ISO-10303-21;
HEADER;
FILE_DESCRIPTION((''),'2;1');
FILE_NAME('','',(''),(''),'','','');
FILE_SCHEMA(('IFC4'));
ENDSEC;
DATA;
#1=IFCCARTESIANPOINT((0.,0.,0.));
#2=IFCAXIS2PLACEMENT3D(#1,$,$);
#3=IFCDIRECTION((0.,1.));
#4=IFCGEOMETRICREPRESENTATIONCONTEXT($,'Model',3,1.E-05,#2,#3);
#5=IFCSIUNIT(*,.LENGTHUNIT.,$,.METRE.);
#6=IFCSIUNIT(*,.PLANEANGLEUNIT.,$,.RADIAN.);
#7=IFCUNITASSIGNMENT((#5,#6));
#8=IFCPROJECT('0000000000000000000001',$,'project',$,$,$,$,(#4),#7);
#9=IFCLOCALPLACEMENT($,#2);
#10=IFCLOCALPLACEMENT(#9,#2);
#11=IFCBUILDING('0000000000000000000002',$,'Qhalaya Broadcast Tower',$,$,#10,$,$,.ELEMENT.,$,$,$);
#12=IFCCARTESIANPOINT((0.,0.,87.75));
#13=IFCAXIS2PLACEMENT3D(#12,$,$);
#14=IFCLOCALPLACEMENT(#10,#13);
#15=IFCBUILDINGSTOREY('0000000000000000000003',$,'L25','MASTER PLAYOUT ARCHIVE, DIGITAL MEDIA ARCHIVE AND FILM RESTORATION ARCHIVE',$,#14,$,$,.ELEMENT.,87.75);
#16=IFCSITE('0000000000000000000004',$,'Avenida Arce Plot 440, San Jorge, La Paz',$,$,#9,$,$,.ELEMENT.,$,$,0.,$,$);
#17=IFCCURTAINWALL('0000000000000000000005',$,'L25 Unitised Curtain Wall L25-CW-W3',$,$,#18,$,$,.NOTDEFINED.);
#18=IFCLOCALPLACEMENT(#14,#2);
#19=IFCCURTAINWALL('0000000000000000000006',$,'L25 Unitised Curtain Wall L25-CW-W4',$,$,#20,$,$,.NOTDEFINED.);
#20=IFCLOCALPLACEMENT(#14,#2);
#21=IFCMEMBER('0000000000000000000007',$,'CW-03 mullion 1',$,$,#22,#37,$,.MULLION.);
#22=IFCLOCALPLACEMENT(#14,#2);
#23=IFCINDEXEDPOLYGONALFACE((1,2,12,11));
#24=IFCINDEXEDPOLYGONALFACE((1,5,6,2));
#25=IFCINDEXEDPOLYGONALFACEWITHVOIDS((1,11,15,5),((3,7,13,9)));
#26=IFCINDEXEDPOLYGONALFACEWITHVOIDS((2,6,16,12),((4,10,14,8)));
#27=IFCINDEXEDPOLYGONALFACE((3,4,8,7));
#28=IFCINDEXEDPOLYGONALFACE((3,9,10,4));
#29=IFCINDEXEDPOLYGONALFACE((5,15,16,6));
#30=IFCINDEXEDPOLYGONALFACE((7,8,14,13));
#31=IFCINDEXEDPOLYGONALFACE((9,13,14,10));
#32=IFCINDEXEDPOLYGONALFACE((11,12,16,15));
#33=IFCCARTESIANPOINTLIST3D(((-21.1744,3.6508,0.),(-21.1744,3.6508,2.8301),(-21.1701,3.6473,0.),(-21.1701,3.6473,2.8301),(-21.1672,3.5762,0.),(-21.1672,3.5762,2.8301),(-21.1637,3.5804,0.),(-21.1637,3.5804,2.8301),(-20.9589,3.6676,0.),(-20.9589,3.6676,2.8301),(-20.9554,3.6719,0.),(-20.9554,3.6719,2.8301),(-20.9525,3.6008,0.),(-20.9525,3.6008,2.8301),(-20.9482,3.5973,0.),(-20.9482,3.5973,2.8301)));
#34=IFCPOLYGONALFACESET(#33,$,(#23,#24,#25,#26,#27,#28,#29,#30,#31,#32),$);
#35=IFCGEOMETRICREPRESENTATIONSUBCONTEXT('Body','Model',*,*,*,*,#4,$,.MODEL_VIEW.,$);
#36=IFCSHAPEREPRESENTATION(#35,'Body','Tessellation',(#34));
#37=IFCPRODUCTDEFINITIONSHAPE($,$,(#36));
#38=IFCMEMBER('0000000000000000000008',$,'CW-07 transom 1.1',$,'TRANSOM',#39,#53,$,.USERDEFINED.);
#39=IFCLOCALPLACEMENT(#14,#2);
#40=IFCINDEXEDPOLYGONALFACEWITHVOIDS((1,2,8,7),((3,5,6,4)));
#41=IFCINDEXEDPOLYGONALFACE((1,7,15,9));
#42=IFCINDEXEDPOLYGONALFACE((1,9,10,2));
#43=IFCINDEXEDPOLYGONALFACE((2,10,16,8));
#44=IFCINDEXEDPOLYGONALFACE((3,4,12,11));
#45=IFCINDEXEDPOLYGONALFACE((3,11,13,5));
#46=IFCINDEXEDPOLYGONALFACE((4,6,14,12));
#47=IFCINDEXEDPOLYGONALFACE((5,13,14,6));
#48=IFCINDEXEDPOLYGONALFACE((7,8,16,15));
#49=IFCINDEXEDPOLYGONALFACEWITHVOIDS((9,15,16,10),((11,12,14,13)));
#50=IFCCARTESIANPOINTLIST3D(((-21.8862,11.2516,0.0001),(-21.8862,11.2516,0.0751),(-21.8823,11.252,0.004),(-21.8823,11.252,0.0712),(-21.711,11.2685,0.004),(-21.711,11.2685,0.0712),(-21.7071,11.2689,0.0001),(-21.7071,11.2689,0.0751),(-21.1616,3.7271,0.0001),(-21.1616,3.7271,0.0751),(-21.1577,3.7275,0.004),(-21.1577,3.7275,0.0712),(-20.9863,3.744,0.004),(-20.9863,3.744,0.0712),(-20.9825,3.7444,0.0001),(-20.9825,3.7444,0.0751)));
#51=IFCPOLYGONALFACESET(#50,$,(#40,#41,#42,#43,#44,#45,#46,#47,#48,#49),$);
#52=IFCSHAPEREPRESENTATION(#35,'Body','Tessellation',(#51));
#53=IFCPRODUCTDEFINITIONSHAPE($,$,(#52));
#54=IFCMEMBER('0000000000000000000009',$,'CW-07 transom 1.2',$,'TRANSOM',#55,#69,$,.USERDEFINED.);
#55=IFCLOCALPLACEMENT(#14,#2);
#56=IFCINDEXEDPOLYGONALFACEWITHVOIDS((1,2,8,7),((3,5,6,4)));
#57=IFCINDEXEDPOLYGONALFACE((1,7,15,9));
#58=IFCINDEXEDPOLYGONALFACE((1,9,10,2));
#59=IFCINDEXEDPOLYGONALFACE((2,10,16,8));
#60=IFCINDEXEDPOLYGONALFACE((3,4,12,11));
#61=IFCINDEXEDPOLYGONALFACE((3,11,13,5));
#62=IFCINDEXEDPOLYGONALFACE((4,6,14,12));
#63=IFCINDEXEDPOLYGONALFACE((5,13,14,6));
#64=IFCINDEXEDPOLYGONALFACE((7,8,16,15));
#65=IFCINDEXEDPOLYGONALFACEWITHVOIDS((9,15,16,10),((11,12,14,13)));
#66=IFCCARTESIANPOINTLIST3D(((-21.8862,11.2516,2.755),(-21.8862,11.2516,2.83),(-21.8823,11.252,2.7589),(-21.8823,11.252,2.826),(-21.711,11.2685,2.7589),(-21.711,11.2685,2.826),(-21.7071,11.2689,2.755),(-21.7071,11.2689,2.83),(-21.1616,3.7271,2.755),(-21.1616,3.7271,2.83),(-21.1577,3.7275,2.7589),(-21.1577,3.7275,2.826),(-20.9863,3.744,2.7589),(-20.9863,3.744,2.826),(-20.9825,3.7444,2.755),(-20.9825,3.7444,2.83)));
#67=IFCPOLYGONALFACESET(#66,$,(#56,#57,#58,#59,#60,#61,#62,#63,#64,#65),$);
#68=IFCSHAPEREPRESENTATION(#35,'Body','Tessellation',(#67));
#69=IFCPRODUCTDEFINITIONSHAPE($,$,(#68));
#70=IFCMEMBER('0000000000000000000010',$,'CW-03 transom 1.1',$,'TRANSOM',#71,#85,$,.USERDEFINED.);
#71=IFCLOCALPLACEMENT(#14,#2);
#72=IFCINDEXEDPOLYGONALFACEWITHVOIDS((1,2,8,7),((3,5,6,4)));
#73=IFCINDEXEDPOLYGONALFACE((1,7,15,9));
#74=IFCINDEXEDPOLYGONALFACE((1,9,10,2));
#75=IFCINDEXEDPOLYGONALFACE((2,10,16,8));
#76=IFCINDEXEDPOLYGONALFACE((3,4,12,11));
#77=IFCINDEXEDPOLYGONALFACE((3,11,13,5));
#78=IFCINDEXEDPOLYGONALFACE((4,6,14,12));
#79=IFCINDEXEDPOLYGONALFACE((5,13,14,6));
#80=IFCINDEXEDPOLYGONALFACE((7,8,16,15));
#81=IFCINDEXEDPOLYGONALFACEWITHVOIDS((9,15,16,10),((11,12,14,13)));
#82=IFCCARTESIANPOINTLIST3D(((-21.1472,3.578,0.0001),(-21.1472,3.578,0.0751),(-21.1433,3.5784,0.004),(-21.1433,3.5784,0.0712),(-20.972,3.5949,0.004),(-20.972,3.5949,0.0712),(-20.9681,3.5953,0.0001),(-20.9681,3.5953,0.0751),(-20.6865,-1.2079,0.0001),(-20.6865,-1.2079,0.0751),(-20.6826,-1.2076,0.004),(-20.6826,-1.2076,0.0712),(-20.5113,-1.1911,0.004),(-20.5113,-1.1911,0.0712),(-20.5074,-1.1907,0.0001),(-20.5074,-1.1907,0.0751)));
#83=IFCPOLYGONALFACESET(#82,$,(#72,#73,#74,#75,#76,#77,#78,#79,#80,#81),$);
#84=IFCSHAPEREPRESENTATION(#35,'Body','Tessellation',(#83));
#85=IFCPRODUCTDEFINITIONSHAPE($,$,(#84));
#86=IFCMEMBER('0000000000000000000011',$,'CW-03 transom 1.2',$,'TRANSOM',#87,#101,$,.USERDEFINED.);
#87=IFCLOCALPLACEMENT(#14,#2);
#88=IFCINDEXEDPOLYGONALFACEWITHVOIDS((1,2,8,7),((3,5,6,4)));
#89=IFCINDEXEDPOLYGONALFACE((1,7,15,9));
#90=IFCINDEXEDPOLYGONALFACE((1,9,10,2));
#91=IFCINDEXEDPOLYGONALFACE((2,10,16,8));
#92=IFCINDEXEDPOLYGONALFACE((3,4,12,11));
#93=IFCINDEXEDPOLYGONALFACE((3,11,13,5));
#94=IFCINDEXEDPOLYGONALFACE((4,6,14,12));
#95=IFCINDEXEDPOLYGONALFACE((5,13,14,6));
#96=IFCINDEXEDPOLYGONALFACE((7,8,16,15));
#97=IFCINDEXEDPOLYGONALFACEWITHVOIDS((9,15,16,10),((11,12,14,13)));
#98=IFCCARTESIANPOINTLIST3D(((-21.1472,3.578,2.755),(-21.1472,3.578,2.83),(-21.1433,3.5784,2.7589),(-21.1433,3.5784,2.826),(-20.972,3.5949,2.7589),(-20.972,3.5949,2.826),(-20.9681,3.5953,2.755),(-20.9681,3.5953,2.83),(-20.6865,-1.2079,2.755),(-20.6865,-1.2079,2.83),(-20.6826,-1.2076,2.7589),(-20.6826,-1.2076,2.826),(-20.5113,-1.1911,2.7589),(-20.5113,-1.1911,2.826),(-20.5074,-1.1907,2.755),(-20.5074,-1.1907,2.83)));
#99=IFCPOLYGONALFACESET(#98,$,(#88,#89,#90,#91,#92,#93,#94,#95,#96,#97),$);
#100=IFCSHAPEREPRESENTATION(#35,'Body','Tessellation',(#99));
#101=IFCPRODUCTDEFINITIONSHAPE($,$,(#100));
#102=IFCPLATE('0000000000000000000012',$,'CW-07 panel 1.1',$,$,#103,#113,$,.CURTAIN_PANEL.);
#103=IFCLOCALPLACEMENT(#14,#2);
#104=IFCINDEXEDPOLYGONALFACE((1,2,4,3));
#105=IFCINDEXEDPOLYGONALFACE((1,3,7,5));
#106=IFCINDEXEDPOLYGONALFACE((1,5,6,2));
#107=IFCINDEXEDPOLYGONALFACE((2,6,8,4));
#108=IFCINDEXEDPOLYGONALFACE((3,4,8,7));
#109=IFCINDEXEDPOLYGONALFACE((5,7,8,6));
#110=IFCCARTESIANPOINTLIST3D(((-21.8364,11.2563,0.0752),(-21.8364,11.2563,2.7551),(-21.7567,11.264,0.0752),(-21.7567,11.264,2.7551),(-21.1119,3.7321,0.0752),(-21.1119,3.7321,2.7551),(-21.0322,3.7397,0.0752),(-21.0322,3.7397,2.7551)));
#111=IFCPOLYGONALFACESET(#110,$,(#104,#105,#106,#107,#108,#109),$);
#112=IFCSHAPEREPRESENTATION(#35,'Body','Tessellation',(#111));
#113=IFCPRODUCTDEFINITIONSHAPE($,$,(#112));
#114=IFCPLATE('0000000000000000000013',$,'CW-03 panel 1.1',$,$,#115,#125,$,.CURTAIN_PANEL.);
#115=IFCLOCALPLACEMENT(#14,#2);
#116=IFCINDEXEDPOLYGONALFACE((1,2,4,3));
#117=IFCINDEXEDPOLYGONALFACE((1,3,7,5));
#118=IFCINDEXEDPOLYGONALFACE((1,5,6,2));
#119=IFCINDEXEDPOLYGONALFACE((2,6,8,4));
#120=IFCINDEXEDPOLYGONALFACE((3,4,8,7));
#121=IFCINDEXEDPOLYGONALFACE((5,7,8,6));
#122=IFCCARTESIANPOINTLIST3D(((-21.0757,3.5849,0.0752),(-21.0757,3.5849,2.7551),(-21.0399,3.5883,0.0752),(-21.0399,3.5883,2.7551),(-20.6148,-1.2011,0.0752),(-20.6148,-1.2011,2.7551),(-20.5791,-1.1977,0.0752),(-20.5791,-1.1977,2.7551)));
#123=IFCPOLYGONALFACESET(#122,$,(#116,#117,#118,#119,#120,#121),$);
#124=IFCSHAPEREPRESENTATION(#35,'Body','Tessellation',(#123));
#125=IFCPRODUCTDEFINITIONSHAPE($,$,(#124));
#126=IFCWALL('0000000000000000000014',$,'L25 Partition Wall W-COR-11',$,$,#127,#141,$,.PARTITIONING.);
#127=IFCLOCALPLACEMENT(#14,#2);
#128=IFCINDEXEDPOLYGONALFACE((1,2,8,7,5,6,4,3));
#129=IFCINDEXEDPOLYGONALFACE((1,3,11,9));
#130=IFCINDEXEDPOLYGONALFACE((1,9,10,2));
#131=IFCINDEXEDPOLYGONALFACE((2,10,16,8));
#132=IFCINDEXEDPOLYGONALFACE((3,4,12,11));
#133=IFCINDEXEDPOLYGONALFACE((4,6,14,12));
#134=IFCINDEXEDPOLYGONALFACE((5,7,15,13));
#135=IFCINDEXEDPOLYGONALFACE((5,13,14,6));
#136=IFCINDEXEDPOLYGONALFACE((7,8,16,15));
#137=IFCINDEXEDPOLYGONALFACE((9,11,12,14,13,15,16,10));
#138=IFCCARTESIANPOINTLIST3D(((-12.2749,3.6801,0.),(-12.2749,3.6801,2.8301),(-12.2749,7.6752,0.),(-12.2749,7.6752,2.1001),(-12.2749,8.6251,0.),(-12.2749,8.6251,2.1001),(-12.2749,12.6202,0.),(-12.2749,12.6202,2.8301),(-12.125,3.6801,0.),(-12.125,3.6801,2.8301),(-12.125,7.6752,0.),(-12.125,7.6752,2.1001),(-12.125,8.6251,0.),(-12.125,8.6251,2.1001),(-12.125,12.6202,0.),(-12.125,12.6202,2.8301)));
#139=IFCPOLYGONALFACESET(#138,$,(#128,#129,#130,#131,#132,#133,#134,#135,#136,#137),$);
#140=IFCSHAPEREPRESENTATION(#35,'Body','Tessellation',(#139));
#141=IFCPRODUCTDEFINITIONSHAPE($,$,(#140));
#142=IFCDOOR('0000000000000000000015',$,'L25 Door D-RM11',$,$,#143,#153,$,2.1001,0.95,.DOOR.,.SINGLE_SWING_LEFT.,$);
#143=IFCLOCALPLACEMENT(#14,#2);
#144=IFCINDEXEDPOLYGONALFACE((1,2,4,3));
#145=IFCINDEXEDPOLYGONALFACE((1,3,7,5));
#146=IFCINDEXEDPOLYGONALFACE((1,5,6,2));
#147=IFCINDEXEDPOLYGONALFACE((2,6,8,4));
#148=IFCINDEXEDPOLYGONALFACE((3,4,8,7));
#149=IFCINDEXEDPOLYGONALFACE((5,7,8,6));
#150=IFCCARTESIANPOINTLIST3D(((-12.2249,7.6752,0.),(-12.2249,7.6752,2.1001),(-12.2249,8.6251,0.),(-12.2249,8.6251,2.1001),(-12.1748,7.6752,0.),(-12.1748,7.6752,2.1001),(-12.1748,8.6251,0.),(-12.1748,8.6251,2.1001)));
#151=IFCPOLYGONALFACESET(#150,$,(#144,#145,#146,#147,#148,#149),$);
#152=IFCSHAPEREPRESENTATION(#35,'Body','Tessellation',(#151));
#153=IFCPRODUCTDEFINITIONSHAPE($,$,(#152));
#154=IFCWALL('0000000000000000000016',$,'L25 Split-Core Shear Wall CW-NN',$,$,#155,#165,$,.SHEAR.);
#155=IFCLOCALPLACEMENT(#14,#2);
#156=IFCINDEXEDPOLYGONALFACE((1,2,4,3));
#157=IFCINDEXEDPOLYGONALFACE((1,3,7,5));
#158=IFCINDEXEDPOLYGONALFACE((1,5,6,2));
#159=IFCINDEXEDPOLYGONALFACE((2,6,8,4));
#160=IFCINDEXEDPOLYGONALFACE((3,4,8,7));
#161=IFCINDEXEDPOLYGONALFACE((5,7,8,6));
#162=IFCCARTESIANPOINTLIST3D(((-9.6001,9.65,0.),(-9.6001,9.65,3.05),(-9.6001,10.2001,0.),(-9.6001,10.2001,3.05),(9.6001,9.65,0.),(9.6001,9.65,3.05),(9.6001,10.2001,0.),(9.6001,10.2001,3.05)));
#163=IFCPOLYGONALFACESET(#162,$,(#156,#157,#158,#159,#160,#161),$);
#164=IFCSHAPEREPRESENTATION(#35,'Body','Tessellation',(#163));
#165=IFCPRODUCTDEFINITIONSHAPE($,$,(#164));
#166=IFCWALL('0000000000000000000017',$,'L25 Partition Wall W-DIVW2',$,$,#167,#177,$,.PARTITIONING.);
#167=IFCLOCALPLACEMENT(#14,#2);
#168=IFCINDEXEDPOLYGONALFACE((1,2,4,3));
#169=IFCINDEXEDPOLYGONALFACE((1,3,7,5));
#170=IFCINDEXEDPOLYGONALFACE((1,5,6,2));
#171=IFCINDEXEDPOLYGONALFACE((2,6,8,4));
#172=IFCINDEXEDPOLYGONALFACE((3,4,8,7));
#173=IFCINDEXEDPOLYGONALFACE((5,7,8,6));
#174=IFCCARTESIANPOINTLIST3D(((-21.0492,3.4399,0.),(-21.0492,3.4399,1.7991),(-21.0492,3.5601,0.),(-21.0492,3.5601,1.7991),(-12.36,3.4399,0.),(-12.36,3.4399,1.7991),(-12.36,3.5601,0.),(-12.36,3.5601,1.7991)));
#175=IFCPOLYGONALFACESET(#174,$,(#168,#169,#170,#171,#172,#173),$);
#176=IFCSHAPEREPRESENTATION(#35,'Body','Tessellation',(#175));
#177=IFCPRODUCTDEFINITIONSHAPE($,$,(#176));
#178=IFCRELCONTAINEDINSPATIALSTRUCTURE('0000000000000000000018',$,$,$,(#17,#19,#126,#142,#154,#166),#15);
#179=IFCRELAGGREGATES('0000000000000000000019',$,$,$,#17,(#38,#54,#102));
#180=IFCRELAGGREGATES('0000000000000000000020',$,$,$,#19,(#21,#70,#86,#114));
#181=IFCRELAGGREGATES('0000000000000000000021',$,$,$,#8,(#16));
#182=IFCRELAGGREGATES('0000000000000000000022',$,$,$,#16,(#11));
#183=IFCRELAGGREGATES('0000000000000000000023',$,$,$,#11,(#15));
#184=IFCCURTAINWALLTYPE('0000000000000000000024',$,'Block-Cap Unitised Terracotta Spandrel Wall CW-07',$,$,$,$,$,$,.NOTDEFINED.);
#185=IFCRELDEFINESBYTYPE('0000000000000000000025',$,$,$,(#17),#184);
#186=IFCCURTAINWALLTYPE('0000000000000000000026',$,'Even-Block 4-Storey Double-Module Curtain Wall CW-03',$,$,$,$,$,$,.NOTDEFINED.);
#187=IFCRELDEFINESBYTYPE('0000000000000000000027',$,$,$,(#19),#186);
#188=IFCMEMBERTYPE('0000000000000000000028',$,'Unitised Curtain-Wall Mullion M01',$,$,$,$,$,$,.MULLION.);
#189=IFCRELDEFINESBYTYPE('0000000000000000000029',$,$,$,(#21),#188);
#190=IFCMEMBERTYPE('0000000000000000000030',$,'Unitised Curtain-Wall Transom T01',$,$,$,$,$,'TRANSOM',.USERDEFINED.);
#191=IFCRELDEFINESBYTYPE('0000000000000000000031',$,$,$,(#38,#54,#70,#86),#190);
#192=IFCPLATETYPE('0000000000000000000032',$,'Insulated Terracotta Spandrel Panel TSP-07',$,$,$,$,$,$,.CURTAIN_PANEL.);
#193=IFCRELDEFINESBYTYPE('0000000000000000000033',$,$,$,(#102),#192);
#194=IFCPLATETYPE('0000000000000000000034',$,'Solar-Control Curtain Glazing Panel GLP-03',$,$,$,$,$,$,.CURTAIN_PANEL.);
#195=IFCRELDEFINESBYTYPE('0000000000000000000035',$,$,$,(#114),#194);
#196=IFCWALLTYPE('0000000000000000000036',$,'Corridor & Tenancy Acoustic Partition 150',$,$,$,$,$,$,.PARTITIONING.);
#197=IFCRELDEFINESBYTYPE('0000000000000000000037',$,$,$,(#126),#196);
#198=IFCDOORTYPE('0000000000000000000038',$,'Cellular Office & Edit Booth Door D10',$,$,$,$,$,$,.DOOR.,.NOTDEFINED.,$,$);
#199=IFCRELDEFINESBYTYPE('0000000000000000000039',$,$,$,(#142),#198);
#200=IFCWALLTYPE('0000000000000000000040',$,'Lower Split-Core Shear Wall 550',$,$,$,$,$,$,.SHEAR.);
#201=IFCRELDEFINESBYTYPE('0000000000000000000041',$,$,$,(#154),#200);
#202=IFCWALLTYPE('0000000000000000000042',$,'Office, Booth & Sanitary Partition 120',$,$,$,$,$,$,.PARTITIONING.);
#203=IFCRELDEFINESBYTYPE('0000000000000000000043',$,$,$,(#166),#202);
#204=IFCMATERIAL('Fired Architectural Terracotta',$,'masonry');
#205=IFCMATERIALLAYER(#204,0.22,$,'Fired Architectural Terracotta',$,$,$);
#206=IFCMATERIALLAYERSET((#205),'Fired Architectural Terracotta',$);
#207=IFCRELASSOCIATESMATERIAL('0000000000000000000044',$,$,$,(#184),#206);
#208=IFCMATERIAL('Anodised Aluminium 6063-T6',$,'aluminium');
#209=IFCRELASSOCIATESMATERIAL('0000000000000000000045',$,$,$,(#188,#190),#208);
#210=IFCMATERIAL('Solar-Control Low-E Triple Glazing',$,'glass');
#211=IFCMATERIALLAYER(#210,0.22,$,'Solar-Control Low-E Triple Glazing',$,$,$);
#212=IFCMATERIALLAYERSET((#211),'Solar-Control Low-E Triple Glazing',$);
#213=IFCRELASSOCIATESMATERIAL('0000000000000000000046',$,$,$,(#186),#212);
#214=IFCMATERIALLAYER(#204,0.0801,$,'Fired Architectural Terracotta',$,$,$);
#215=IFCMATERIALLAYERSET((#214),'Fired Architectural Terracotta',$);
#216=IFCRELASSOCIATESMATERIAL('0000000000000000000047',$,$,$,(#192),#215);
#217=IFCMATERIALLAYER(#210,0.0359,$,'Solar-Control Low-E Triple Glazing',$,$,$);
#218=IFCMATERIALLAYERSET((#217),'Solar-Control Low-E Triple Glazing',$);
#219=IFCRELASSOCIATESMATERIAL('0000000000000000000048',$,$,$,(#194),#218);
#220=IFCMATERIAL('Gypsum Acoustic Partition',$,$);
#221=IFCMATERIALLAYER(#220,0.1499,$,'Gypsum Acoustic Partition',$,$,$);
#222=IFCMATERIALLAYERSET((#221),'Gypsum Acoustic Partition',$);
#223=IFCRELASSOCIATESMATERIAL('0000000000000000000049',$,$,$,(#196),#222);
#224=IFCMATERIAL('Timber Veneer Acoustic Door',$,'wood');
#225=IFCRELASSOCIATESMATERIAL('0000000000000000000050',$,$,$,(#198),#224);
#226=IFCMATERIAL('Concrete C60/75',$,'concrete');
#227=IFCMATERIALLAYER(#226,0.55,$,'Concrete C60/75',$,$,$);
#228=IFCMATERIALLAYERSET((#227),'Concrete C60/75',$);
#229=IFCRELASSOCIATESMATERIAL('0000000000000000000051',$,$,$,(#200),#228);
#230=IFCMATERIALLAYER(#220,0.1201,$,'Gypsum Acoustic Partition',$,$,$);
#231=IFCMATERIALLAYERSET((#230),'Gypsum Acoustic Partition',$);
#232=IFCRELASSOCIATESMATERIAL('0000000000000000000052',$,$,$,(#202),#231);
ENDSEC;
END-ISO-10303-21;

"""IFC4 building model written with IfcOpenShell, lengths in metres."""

from ifc_helpers import new_model, si_unit, direction, frame, frame_2d, origin, origin_2d, place, context, subcontext, project, spatial, rectangle, hollow_rectangle, extrude, material, layer, layer_set, material_profile, profile_set, type_object, element, fill, aggregate, save


model = new_model("IFC4")

# Units and contexts
model_context = context("Model", 3, precision=1e-05, world=origin(), true_north=direction((0.0, 1.0)))
body_context = subcontext(model_context, "Body", "Model", "MODEL_VIEW")
ifc_project = project(units=[si_unit("LENGTHUNIT", "METRE"), si_unit("PLANEANGLEUNIT", "RADIAN")], contexts=[model_context])

# Site, building, storey
site_placement = place(None, origin())
site = spatial("IfcSite", under=ifc_project, at=site_placement, Name="Avenida Arce Plot 440, San Jorge, La Paz", CompositionType="ELEMENT", RefElevation=0.0)
building_placement = place(site_placement, origin())
building = spatial("IfcBuilding", under=site, at=building_placement, Name="Qhalaya Broadcast Tower", CompositionType="ELEMENT")
storey_placement = place(building_placement, frame((0.0, 0.0, 87.75)))
storey = spatial("IfcBuildingStorey", under=building, at=storey_placement, Name="L25", Description="MASTER PLAYOUT ARCHIVE, DIGITAL MEDIA ARCHIVE AND FILM RESTORATION ARCHIVE", CompositionType="ELEMENT", Elevation=87.75)

# Curtain walls, member
ifc_material_1 = material(Name="Fired Architectural Terracotta", Category="masonry")
ifc_layer_1 = layer(ifc_material_1, 0.22, Name="Fired Architectural Terracotta")
ifc_layer_set_1 = layer_set([ifc_layer_1], Name="Fired Architectural Terracotta")
curtain_wall_type_1 = type_object("IfcCurtainWallType", Name="Block-Cap Unitised Terracotta Spandrel Wall CW-07", PredefinedType="NOTDEFINED", material=ifc_layer_set_1)
curtain_wall_1_placement = place(storey_placement, origin())
curtain_wall_1 = element("IfcCurtainWall", 1, at=curtain_wall_1_placement, inside=storey, type_object=curtain_wall_type_1, Name="L25 Unitised Curtain Wall L25-CW-W3", PredefinedType="NOTDEFINED")
ifc_material_2 = material(Name="Anodised Aluminium 6063-T6", Category="aluminium")
ifc_material_profile_1 = material_profile(ifc_material_2, hollow_rectangle(XDim=0.075, YDim=0.22, WallThickness=0.0039, at=origin_2d()), Name="ALU-MUL 75x220x4")
ifc_profile_set_1 = profile_set([ifc_material_profile_1], Name="Anodised Aluminium 6063-T6")
member_type_1 = type_object("IfcMemberType", Name="Unitised Curtain-Wall Mullion M01", PredefinedType="MULLION", material=ifc_profile_set_1)
ifc_material_3 = material(Name="Solar-Control Low-E Triple Glazing", Category="glass")
ifc_layer_2 = layer(ifc_material_3, 0.22, Name="Solar-Control Low-E Triple Glazing")
ifc_layer_set_2 = layer_set([ifc_layer_2], Name="Solar-Control Low-E Triple Glazing")
curtain_wall_type_2 = type_object("IfcCurtainWallType", Name="Even-Block 4-Storey Double-Module Curtain Wall CW-03", PredefinedType="NOTDEFINED", material=ifc_layer_set_2)
curtain_wall_2_placement = place(storey_placement, origin())
curtain_wall_2 = element("IfcCurtainWall", 2, at=curtain_wall_2_placement, inside=storey, type_object=curtain_wall_type_2, Name="L25 Unitised Curtain Wall L25-CW-W4", PredefinedType="NOTDEFINED")
member_1_placement = place(storey_placement, frame((-21.0613, 3.624, 0.0), z_axis=(0.0, 0.0, 1.0), x_axis=(0.095845, -0.995396, 0.0)))
member_1 = element("IfcMember", 3, at=member_1_placement, type_object=member_type_1, Name="CW-03 mullion 1", PredefinedType="MULLION", context=body_context, shape_type="SweptSolid", body=[
    extrude(hollow_rectangle(XDim=0.075, YDim=0.22, WallThickness=0.0039, at=origin_2d()), origin(), (0.0, 0.0, 1.0), 2.8301),
])

# Members
ifc_material_profile_2 = material_profile(ifc_material_2, hollow_rectangle(XDim=0.075, YDim=0.1799, WallThickness=0.0039, at=origin_2d()), Name="ALU-TRN 75x180x4")
ifc_profile_set_2 = profile_set([ifc_material_profile_2], Name="Anodised Aluminium 6063-T6")
member_type_2 = type_object("IfcMemberType", Name="Unitised Curtain-Wall Transom T01", ElementType="TRANSOM", PredefinedType="USERDEFINED", material=ifc_profile_set_2)
member_2_placement = place(storey_placement, frame((-21.7966, 11.2603, 0.0376), z_axis=(0.095858, -0.995395, 0.0), x_axis=(0.0, 0.0, 1.0)))
member_2 = element("IfcMember", 4, at=member_2_placement, type_object=member_type_2, Name="CW-07 transom 1.1", ObjectType="TRANSOM", PredefinedType="USERDEFINED", context=body_context, shape_type="SweptSolid", body=[
    extrude(hollow_rectangle(XDim=0.075, YDim=0.1799, WallThickness=0.0039, at=origin_2d()), origin(), (0.0, 0.0, 1.0), 7.5593),
])
member_3_placement = place(storey_placement, frame((-21.7966, 11.2603, 2.7925), z_axis=(0.095858, -0.995395, 0.0), x_axis=(0.0, 0.0, 1.0)))
member_3 = element("IfcMember", 5, at=member_3_placement, type_object=member_type_2, Name="CW-07 transom 1.2", ObjectType="TRANSOM", PredefinedType="USERDEFINED", context=body_context, shape_type="SweptSolid", body=[
    extrude(hollow_rectangle(XDim=0.075, YDim=0.1799, WallThickness=0.0039, at=origin_2d()), origin(), (0.0, 0.0, 1.0), 7.5593),
])
member_4_placement = place(storey_placement, frame((-21.0576, 3.5867, 0.0376), z_axis=(0.095818, -0.995399, 0.0), x_axis=(0.0, 0.0, 1.0)))
member_4 = element("IfcMember", 6, at=member_4_placement, type_object=member_type_2, Name="CW-03 transom 1.1", ObjectType="TRANSOM", PredefinedType="USERDEFINED", context=body_context, shape_type="SweptSolid", body=[
    extrude(hollow_rectangle(XDim=0.075, YDim=0.1799, WallThickness=0.0039, at=origin_2d()), origin(), (0.0, 0.0, 1.0), 4.8081),
])
member_5_placement = place(storey_placement, frame((-21.0576, 3.5867, 2.7925), z_axis=(0.095818, -0.995399, 0.0), x_axis=(0.0, 0.0, 1.0)))
member_5 = element("IfcMember", 7, at=member_5_placement, type_object=member_type_2, Name="CW-03 transom 1.2", ObjectType="TRANSOM", PredefinedType="USERDEFINED", context=body_context, shape_type="SweptSolid", body=[
    extrude(hollow_rectangle(XDim=0.075, YDim=0.1799, WallThickness=0.0039, at=origin_2d()), origin(), (0.0, 0.0, 1.0), 4.8081),
])

# Plates
ifc_layer_3 = layer(ifc_material_1, 0.0801, Name="Fired Architectural Terracotta")
ifc_layer_set_3 = layer_set([ifc_layer_3], Name="Fired Architectural Terracotta")
plate_type_1 = type_object("IfcPlateType", Name="Insulated Terracotta Spandrel Panel TSP-07", PredefinedType="CURTAIN_PANEL", material=ifc_layer_set_3)
plate_1_placement = place(storey_placement, frame((-21.4343, 7.498, 0.0752), z_axis=(0.0, 0.0, 1.0), x_axis=(0.095849, -0.995396, 0.0)))
plate_1 = element("IfcPlate", 8, at=plate_1_placement, type_object=plate_type_1, Name="CW-07 panel 1.1", PredefinedType="CURTAIN_PANEL", context=body_context, shape_type="SweptSolid", body=[
    extrude(rectangle(XDim=7.5591, YDim=0.0801, at=origin_2d()), origin(), (0.0, 0.0, 1.0), 2.6799),
])
aggregate(curtain_wall_1, [member_2, member_3, plate_1])
ifc_layer_4 = layer(ifc_material_3, 0.0359, Name="Solar-Control Low-E Triple Glazing")
ifc_layer_set_4 = layer_set([ifc_layer_4], Name="Solar-Control Low-E Triple Glazing")
plate_type_2 = type_object("IfcPlateType", Name="Solar-Control Curtain Glazing Panel GLP-03", PredefinedType="CURTAIN_PANEL", material=ifc_layer_set_4)
plate_2_placement = place(storey_placement, frame((-20.8274, 1.1936, 0.0752), z_axis=(0.0, 0.0, 1.0), x_axis=(0.095845, -0.995396, 0.0)))
plate_2 = element("IfcPlate", 9, at=plate_2_placement, type_object=plate_type_2, Name="CW-03 panel 1.1", PredefinedType="CURTAIN_PANEL", context=body_context, shape_type="SweptSolid", body=[
    extrude(rectangle(XDim=4.8081, YDim=0.0359, at=origin_2d()), origin(), (0.0, 0.0, 1.0), 2.6799),
])
aggregate(curtain_wall_2, [member_1, member_4, member_5, plate_2])

# Wall, opening, door
ifc_material_4 = material(Name="Gypsum Acoustic Partition")
ifc_layer_5 = layer(ifc_material_4, 0.1499, Name="Gypsum Acoustic Partition")
ifc_layer_set_5 = layer_set([ifc_layer_5], Name="Gypsum Acoustic Partition")
wall_type_1 = type_object("IfcWallType", Name="Corridor & Tenancy Acoustic Partition 150", PredefinedType="PARTITIONING", material=ifc_layer_set_5)
wall_1_placement = place(storey_placement, frame((-12.2, 3.6799, 0.0), z_axis=(0.0, 0.0, 1.0), x_axis=(0.0, 1.0, 0.0)))
wall_1 = element("IfcWall", 10, at=wall_1_placement, inside=storey, type_object=wall_type_1, Name="L25 Partition Wall W-COR-11", PredefinedType="PARTITIONING", context=body_context, shape_type="SweptSolid", body=[
    extrude(rectangle(XDim=8.9402, YDim=0.1499, at=frame_2d((4.4702, 0.0))), origin(), (0.0, 0.0, 1.0), 2.8301),
])
opening_1_placement = place(wall_1_placement, frame((3.9951, 0.0, 0.0)))
opening_1 = element("IfcOpeningElement", 11, at=opening_1_placement, cuts=wall_1, PredefinedType="OPENING", context=body_context, shape_type="SweptSolid", body=[
    extrude(rectangle(XDim=0.95, YDim=2.1001, at=frame_2d((0.4751, 1.05))), frame((0.0, 0.0869, 0.0), z_axis=(0.0, -1.0, 0.0), x_axis=(1.0, 0.0, 0.0)), (0.0, 0.0, 1.0), 0.1738),
])
ifc_material_5 = material(Name="Timber Veneer Acoustic Door", Category="wood")
door_type_1 = type_object("IfcDoorType", Name="Cellular Office & Edit Booth Door D10", OperationType="NOTDEFINED", PredefinedType="DOOR", material=ifc_material_5)
door_1_placement = place(opening_1_placement, origin())
door_1 = element("IfcDoor", 12, at=door_1_placement, inside=storey, type_object=door_type_1, Name="L25 Door D-RM11", OperationType="SINGLE_SWING_LEFT", OverallHeight=2.1001, OverallWidth=0.95, PredefinedType="DOOR", context=body_context, shape_type="SweptSolid", body=[
    extrude(rectangle(XDim=0.95, YDim=2.1001, at=frame_2d((0.4751, 1.05))), frame((0.0, 0.0249, 0.0), z_axis=(0.0, -1.0, 0.0), x_axis=(1.0, 0.0, 0.0)), (0.0, 0.0, 1.0), 0.05),
])
fill(opening_1, door_1)

# Wall
ifc_material_6 = material(Name="Concrete C60/75", Category="concrete")
ifc_layer_6 = layer(ifc_material_6, 0.55, Name="Concrete C60/75")
ifc_layer_set_6 = layer_set([ifc_layer_6], Name="Concrete C60/75")
wall_type_2 = type_object("IfcWallType", Name="Lower Split-Core Shear Wall 550", PredefinedType="SHEAR", material=ifc_layer_set_6)
wall_2_placement = place(storey_placement, frame((-9.6001, 9.925, 0.0), z_axis=(0.0, 0.0, 1.0), x_axis=(1.0, 0.0, 0.0)))
element("IfcWall", 13, at=wall_2_placement, inside=storey, type_object=wall_type_2, Name="L25 Split-Core Shear Wall CW-NN", PredefinedType="SHEAR", context=body_context, shape_type="SweptSolid", body=[
    extrude(rectangle(XDim=19.2002, YDim=0.55, at=frame_2d((9.6001, 0.0))), origin(), (0.0, 0.0, 1.0), 3.05),
])

# Wall
ifc_layer_7 = layer(ifc_material_4, 0.1201, Name="Gypsum Acoustic Partition")
ifc_layer_set_7 = layer_set([ifc_layer_7], Name="Gypsum Acoustic Partition")
wall_type_3 = type_object("IfcWallType", Name="Office, Booth & Sanitary Partition 120", PredefinedType="PARTITIONING", material=ifc_layer_set_7)
wall_3_placement = place(storey_placement, frame((-21.0493, 3.5, 0.0), z_axis=(0.0, 0.0, 1.0), x_axis=(1.0, 0.0, 0.0)))
element("IfcWall", 14, at=wall_3_placement, inside=storey, type_object=wall_type_3, Name="L25 Partition Wall W-DIVW2", PredefinedType="PARTITIONING", context=body_context, shape_type="SweptSolid", body=[
    extrude(rectangle(XDim=8.6892, YDim=0.1201, at=frame_2d((4.3447, 0.0))), origin(), (0.0, 0.0, 1.0), 1.7991),
])

save(model, "model.ifc")
